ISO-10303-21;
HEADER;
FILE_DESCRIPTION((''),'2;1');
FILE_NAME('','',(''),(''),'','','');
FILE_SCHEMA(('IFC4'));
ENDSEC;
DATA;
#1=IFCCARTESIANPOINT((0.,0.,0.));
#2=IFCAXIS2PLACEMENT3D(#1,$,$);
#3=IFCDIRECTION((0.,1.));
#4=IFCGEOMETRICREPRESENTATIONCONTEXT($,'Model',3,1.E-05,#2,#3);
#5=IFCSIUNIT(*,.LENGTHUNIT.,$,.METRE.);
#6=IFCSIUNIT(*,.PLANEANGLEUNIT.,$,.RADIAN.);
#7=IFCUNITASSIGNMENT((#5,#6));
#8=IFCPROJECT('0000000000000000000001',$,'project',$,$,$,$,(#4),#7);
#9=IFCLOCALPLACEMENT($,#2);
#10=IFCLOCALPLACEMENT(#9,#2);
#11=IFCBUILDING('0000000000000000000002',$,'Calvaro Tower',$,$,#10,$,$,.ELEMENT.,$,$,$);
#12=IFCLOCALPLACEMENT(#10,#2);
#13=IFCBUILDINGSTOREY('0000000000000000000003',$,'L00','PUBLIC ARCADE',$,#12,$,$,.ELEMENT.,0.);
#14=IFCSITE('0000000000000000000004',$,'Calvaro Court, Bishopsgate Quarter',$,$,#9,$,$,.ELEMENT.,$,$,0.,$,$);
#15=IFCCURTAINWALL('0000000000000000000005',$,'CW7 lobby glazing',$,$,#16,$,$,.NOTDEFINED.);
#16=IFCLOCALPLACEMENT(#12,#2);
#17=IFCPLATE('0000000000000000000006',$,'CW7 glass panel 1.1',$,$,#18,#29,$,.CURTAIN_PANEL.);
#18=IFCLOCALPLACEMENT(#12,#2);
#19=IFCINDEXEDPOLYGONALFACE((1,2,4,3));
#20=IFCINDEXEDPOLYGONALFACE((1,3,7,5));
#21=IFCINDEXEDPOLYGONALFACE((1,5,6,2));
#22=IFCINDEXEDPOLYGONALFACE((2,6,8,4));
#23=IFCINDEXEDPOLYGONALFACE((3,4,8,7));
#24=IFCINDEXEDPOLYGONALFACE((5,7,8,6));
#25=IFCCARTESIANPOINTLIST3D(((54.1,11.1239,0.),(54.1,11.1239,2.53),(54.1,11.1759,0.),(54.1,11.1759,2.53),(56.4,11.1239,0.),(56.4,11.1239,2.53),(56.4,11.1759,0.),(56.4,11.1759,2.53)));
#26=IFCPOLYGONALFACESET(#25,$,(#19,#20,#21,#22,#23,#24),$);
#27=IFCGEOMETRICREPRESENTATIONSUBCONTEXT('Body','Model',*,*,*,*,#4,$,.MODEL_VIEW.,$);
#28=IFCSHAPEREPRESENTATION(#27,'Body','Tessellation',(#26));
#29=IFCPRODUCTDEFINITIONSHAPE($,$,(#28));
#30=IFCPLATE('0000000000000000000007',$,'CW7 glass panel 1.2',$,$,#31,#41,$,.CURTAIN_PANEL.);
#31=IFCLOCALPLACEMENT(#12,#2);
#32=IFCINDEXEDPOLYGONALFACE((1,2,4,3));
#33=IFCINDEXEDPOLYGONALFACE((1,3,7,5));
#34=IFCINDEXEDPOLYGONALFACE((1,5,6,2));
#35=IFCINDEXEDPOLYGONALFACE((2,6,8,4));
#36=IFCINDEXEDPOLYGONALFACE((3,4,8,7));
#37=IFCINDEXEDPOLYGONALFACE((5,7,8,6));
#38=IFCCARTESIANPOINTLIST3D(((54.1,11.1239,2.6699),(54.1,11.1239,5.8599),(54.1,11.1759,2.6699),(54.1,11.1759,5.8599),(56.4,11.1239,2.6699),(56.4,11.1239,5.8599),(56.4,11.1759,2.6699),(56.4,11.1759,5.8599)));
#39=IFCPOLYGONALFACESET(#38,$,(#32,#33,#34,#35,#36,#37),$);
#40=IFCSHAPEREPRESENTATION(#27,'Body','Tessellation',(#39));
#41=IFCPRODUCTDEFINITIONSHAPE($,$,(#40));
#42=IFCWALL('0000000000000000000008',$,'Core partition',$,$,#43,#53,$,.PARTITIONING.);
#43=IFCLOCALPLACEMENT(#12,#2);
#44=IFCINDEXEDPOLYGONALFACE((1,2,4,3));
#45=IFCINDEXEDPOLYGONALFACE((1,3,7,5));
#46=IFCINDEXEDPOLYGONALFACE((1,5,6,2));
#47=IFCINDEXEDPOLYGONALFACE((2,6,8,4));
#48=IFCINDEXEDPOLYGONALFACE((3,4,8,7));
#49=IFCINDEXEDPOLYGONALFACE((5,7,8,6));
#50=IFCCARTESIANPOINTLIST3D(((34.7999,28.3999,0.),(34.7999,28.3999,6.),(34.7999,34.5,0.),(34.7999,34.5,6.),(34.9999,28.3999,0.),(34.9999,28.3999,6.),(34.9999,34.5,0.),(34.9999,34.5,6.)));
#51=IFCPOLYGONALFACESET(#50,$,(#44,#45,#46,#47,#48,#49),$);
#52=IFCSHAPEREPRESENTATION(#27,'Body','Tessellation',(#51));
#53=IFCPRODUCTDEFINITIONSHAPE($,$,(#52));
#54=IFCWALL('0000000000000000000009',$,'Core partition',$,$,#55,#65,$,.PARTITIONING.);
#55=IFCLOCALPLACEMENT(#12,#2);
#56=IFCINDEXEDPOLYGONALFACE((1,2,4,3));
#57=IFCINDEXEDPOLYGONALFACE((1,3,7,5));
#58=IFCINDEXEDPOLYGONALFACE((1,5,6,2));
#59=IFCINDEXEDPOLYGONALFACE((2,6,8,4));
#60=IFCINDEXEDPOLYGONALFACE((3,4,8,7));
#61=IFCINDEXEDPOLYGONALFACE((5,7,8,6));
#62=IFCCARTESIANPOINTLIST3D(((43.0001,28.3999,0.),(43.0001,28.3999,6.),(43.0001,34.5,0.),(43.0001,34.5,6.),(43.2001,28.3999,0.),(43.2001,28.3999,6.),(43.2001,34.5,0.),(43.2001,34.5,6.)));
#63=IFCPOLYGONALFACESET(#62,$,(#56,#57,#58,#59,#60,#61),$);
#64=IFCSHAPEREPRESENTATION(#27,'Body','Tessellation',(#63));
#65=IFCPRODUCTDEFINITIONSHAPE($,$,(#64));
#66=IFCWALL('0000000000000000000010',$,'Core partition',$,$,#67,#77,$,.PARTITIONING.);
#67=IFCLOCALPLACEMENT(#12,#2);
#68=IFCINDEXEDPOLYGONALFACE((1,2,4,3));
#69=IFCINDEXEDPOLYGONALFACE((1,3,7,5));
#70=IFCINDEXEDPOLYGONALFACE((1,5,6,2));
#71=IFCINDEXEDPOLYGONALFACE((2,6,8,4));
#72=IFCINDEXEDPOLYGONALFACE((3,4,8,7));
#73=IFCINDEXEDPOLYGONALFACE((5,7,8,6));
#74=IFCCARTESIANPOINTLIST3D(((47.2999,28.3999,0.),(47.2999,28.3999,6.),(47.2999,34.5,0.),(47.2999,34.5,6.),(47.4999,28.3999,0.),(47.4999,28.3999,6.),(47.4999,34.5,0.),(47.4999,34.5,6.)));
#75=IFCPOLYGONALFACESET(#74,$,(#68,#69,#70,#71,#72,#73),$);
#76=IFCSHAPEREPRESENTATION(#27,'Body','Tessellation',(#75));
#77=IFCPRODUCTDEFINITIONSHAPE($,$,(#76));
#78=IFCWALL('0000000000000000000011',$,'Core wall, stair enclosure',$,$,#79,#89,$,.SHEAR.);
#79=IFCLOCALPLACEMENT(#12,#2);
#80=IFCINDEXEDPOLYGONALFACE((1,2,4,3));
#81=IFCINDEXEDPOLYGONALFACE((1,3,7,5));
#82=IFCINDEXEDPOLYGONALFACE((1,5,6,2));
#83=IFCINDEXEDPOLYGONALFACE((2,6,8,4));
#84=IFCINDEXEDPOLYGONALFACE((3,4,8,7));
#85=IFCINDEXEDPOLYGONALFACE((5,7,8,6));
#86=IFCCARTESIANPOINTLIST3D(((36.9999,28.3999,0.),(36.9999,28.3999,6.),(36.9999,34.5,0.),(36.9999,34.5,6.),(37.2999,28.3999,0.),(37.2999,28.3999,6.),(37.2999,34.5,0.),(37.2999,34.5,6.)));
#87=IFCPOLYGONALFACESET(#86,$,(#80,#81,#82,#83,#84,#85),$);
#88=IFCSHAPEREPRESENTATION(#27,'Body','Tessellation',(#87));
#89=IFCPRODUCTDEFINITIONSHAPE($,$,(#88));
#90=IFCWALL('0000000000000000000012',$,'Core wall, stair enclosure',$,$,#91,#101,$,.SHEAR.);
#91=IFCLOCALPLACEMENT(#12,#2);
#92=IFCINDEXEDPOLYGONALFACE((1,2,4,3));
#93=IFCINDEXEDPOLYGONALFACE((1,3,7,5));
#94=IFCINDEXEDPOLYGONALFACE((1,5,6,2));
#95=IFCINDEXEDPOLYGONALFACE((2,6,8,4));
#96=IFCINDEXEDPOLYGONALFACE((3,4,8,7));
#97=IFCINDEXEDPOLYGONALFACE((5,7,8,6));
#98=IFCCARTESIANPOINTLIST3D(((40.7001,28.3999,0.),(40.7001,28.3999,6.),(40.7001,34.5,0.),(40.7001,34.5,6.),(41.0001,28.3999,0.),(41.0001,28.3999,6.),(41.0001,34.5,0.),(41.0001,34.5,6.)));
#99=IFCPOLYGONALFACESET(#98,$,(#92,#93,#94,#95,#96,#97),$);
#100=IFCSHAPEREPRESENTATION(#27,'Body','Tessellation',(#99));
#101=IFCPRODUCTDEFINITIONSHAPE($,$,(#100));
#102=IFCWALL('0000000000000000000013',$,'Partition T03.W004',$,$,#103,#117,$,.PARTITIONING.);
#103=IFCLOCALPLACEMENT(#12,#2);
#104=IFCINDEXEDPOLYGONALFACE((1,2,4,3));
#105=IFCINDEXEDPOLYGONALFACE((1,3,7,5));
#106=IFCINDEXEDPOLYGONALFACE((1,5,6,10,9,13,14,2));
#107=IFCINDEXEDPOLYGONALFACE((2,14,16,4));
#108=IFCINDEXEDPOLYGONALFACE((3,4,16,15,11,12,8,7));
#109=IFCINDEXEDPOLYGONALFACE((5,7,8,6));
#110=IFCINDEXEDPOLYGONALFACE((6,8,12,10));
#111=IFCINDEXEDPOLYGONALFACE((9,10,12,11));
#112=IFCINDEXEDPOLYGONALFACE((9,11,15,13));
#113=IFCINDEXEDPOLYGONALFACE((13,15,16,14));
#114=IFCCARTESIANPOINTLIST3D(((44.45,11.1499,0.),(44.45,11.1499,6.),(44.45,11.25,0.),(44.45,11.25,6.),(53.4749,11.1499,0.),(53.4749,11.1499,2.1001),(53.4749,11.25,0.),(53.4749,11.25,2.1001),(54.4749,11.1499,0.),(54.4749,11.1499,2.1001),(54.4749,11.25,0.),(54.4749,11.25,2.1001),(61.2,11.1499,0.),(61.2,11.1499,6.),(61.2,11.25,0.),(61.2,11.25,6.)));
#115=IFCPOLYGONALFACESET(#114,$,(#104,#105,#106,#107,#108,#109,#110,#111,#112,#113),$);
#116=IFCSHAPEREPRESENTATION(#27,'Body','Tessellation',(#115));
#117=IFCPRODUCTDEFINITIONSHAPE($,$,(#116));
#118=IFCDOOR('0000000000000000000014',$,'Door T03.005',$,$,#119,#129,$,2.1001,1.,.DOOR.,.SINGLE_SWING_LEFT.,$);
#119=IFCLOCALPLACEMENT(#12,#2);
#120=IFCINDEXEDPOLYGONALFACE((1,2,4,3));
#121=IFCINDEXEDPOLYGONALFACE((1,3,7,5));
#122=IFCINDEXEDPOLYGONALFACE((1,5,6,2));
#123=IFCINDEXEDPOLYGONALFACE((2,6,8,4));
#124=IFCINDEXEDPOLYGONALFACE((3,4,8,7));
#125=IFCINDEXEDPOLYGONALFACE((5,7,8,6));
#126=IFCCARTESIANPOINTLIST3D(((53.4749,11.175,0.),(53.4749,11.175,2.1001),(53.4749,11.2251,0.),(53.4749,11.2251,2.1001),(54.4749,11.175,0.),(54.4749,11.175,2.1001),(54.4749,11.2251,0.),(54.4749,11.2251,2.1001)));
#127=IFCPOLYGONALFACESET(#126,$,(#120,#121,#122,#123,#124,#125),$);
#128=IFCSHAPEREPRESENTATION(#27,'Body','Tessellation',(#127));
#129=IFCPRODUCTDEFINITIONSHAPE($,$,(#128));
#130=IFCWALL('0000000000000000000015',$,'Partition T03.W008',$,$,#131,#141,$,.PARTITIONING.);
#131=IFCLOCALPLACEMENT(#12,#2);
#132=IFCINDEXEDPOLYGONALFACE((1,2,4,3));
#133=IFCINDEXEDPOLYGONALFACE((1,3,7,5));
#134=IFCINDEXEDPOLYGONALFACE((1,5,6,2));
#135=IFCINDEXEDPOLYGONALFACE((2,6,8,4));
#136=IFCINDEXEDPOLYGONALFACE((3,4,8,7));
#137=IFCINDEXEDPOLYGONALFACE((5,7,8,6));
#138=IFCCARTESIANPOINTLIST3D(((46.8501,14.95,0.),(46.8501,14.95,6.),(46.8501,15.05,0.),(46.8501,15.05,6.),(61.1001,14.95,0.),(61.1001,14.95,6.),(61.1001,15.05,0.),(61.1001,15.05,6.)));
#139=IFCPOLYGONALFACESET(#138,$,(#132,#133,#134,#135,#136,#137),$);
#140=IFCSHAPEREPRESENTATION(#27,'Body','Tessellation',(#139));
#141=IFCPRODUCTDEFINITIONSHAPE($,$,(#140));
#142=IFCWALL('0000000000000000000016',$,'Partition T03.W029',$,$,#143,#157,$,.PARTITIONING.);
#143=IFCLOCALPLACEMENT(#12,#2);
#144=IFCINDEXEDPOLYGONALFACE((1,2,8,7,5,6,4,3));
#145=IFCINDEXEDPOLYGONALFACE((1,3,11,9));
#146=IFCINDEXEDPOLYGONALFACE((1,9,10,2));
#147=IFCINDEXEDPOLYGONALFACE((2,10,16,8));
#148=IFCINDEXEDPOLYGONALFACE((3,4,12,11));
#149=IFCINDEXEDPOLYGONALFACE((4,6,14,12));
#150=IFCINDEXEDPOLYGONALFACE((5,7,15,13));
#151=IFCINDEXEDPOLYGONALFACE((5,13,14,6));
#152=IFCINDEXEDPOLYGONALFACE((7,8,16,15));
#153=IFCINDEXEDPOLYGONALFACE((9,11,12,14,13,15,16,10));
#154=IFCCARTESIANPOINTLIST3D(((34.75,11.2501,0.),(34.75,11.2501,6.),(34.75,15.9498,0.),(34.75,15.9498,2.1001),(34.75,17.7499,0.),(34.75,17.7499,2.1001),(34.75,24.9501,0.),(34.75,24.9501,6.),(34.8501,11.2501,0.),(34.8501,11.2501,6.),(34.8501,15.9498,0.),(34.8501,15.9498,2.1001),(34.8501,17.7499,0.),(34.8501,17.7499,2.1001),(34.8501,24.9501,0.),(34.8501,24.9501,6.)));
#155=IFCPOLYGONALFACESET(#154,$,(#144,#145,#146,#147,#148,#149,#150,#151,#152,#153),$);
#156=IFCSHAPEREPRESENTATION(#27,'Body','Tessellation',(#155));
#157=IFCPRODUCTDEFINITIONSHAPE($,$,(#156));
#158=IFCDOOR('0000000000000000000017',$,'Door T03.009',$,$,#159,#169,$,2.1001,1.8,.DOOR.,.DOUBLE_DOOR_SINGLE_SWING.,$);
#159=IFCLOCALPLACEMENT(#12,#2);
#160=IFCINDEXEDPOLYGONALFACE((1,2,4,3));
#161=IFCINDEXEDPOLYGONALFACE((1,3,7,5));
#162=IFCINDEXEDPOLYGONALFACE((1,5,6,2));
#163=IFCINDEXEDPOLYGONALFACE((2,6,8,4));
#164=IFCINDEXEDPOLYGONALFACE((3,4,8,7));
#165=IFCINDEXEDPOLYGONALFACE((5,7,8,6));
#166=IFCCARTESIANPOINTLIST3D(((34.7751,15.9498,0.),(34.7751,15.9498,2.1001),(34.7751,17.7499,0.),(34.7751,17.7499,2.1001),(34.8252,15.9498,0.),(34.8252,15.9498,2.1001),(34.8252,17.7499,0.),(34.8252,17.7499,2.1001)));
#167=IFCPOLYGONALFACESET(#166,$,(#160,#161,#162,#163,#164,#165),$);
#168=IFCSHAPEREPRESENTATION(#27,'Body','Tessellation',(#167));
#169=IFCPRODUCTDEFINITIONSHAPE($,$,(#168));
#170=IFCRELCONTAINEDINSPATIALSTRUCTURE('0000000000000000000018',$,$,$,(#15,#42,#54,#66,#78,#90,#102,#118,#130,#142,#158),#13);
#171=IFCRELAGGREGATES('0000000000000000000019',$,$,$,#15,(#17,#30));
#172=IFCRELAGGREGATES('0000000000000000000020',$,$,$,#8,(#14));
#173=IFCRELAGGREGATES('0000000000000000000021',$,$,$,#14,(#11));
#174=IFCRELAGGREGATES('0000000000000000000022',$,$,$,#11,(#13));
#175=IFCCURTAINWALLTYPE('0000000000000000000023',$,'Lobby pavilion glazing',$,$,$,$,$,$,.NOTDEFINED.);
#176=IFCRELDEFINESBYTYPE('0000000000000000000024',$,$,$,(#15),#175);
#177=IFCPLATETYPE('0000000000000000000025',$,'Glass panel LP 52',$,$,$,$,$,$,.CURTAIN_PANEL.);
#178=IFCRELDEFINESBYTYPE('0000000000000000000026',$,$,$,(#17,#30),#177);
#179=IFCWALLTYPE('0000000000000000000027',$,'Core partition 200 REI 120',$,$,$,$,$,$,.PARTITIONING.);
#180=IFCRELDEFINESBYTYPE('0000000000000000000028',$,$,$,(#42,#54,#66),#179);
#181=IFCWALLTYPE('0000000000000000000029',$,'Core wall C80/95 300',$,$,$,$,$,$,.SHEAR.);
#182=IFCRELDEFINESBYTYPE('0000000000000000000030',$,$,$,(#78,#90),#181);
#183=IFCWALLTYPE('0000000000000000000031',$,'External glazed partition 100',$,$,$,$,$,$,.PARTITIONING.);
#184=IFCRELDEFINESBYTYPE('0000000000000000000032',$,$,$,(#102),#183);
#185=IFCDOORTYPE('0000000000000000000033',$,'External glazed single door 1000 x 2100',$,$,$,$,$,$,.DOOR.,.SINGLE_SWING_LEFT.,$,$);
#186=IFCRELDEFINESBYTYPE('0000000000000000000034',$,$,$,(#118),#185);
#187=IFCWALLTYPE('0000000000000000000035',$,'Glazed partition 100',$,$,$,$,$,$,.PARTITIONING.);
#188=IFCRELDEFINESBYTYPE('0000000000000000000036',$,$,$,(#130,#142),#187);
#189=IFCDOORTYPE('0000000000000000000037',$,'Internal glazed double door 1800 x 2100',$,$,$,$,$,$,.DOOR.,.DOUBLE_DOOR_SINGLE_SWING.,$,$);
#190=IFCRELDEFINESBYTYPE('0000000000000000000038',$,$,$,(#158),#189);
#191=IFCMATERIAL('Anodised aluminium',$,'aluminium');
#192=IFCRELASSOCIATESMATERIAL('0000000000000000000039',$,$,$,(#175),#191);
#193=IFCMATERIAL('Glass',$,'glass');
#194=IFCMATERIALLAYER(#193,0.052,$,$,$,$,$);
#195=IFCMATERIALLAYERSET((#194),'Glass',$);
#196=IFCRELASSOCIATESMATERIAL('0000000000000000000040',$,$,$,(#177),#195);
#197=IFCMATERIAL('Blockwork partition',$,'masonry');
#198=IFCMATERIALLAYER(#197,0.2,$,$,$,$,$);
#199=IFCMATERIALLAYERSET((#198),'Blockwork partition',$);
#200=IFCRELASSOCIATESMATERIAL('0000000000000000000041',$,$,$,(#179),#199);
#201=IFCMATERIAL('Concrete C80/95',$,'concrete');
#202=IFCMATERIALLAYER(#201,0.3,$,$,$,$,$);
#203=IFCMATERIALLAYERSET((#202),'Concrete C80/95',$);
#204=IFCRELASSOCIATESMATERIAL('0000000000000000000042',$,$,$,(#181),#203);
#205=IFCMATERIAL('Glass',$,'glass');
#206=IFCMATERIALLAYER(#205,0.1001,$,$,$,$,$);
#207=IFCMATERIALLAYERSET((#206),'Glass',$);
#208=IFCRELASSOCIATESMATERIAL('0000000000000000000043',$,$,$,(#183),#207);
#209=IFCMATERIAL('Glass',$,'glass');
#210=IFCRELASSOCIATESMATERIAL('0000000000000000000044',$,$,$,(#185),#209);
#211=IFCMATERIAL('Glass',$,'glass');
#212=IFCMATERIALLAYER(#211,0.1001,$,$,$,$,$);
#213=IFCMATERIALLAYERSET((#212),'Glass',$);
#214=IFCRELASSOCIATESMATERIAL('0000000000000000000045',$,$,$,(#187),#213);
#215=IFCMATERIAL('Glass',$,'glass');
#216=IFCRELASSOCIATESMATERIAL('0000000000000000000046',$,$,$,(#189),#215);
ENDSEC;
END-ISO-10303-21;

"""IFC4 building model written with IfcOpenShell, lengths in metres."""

from ifc_helpers import new_model, si_unit, direction, frame, frame_2d, origin, origin_2d, place, context, subcontext, project, spatial, rectangle, extrude, material, layer, layer_set, type_object, element, fill, aggregate, save


model = new_model("IFC4")

# Units and contexts
model_context = context("Model", 3, precision=1e-05, world=origin(), true_north=direction((0.0, 1.0)))
body_context = subcontext(model_context, "Body", "Model", "MODEL_VIEW")
ifc_project = project(units=[si_unit("LENGTHUNIT", "METRE"), si_unit("PLANEANGLEUNIT", "RADIAN")], contexts=[model_context])

# Site, building, storey
site_placement = place(None, origin())
site = spatial("IfcSite", under=ifc_project, at=site_placement, Name="Calvaro Court, Bishopsgate Quarter", CompositionType="ELEMENT", RefElevation=0.0)
building_placement = place(site_placement, origin())
building = spatial("IfcBuilding", under=site, at=building_placement, Name="Calvaro Tower", CompositionType="ELEMENT")
storey_placement = place(building_placement, origin())
storey = spatial("IfcBuildingStorey", under=building, at=storey_placement, Name="L00", Description="PUBLIC ARCADE", CompositionType="ELEMENT", Elevation=0.0)

# Curtain wall
ifc_material_1 = material(Name="Anodised aluminium", Category="aluminium")
curtain_wall_type = type_object("IfcCurtainWallType", Name="Lobby pavilion glazing", PredefinedType="NOTDEFINED", material=ifc_material_1)
curtain_wall_1_placement = place(storey_placement, origin())
curtain_wall_1 = element("IfcCurtainWall", 1, at=curtain_wall_1_placement, inside=storey, type_object=curtain_wall_type, Name="CW7 lobby glazing", PredefinedType="NOTDEFINED")

# Plates
ifc_material_2 = material(Name="Glass", Category="glass")
ifc_layer_1 = layer(ifc_material_2, 0.052)
ifc_layer_set_1 = layer_set([ifc_layer_1], Name="Glass")
plate_type = type_object("IfcPlateType", Name="Glass panel LP 52", PredefinedType="CURTAIN_PANEL", material=ifc_layer_set_1)
plate_1_placement = place(storey_placement, frame((55.25, 11.1499, 0.0), z_axis=(0.0, 0.0, 1.0), x_axis=(1.0, 0.0, 0.0)))
plate_1 = element("IfcPlate", 2, at=plate_1_placement, type_object=plate_type, Name="CW7 glass panel 1.1", PredefinedType="CURTAIN_PANEL", context=body_context, shape_type="SweptSolid", body=[
    extrude(rectangle(XDim=2.3, YDim=0.052, at=origin_2d()), origin(), (0.0, 0.0, 1.0), 2.53),
])
plate_2_placement = place(storey_placement, frame((55.25, 11.1499, 2.6699), z_axis=(0.0, 0.0, 1.0), x_axis=(1.0, 0.0, 0.0)))
plate_2 = element("IfcPlate", 3, at=plate_2_placement, type_object=plate_type, Name="CW7 glass panel 1.2", PredefinedType="CURTAIN_PANEL", context=body_context, shape_type="SweptSolid", body=[
    extrude(rectangle(XDim=2.3, YDim=0.052, at=origin_2d()), origin(), (0.0, 0.0, 1.0), 3.1899),
])
aggregate(curtain_wall_1, [plate_1, plate_2])

# Walls
ifc_material_3 = material(Name="Blockwork partition", Category="masonry")
ifc_layer_2 = layer(ifc_material_3, 0.2)
ifc_layer_set_2 = layer_set([ifc_layer_2], Name="Blockwork partition")
wall_type_1 = type_object("IfcWallType", Name="Core partition 200 REI 120", PredefinedType="PARTITIONING", material=ifc_layer_set_2)
for number, where, z_axis, x_axis, name in (
    (4, (34.8999, 28.3999, 0.0), (0.0, 0.0, 1.0), (0.0, 1.0, 0.0), "Core partition"),
    (5, (43.1001, 28.3999, 0.0), (0.0, 0.0, 1.0), (0.0, 1.0, 0.0), "Core partition"),
    (6, (47.3999, 28.3999, 0.0), (0.0, 0.0, 1.0), (0.0, 1.0, 0.0), "Core partition"),
):
    element("IfcWall", number, at=place(storey_placement, frame(where, z_axis=z_axis, x_axis=x_axis)), inside=storey, type_object=wall_type_1, Name=name, PredefinedType="PARTITIONING", context=body_context, shape_type="SweptSolid", body=[
        extrude(rectangle(XDim=6.1001, YDim=0.2, at=frame_2d((3.05, 0.0))), origin(), (0.0, 0.0, 1.0), 6.0),
    ])
ifc_material_4 = material(Name="Concrete C80/95", Category="concrete")
ifc_layer_3 = layer(ifc_material_4, 0.3)
ifc_layer_set_3 = layer_set([ifc_layer_3], Name="Concrete C80/95")
wall_type_2 = type_object("IfcWallType", Name="Core wall C80/95 300", PredefinedType="SHEAR", material=ifc_layer_set_3)
for number, where, z_axis, x_axis, name in (
    (7, (37.1499, 28.3999, 0.0), (0.0, 0.0, 1.0), (0.0, 1.0, 0.0), "Core wall, stair enclosure"),
    (8, (40.8501, 28.3999, 0.0), (0.0, 0.0, 1.0), (0.0, 1.0, 0.0), "Core wall, stair enclosure"),
):
    element("IfcWall", number, at=place(storey_placement, frame(where, z_axis=z_axis, x_axis=x_axis)), inside=storey, type_object=wall_type_2, Name=name, PredefinedType="SHEAR", context=body_context, shape_type="SweptSolid", body=[
        extrude(rectangle(XDim=6.1001, YDim=0.3, at=frame_2d((3.05, 0.0))), origin(), (0.0, 0.0, 1.0), 6.0),
    ])

# Wall, opening, door
ifc_material_5 = material(Name="Glass", Category="glass")
ifc_layer_4 = layer(ifc_material_5, 0.1001)
ifc_layer_set_4 = layer_set([ifc_layer_4], Name="Glass")
wall_type_3 = type_object("IfcWallType", Name="External glazed partition 100", PredefinedType="PARTITIONING", material=ifc_layer_set_4)
wall_1_placement = place(storey_placement, frame((44.45, 11.2, 0.0), z_axis=(0.0, 0.0, 1.0), x_axis=(1.0, 0.0, 0.0)))
wall_1 = element("IfcWall", 9, at=wall_1_placement, inside=storey, type_object=wall_type_3, Name="Partition T03.W004", PredefinedType="PARTITIONING", context=body_context, shape_type="SweptSolid", body=[
    extrude(rectangle(XDim=16.75, YDim=0.1001, at=frame_2d((8.375, 0.0))), origin(), (0.0, 0.0, 1.0), 6.0),
])
opening_1_placement = place(wall_1_placement, frame((9.0249, 0.0, 0.0)))
opening_1 = element("IfcOpeningElement", 10, at=opening_1_placement, cuts=wall_1, PredefinedType="OPENING", context=body_context, shape_type="SweptSolid", body=[
    extrude(rectangle(XDim=1.0, YDim=2.1001, at=frame_2d((0.5, 1.05))), frame((0.0, 0.0601, 0.0), z_axis=(0.0, -1.0, 0.0), x_axis=(1.0, 0.0, 0.0)), (0.0, 0.0, 1.0), 0.1201),
])
ifc_material_6 = material(Name="Glass", Category="glass")
door_type_1 = type_object("IfcDoorType", Name="External glazed single door 1000 x 2100", OperationType="SINGLE_SWING_LEFT", PredefinedType="DOOR", material=ifc_material_6)
door_1_placement = place(opening_1_placement, frame((1.0, 0.0, 0.0), z_axis=(0.0, 0.0, 1.0), x_axis=(-1.0, 0.0, 0.0)))
door_1 = element("IfcDoor", 11, at=door_1_placement, inside=storey, type_object=door_type_1, Name="Door T03.005", OperationType="SINGLE_SWING_LEFT", OverallHeight=2.1001, OverallWidth=1.0, PredefinedType="DOOR", context=body_context, shape_type="SweptSolid", body=[
    extrude(rectangle(XDim=1.0, YDim=2.1001, at=frame_2d((0.5, 1.05))), frame((0.0, 0.0249, 0.0), z_axis=(0.0, -1.0, 0.0), x_axis=(1.0, 0.0, 0.0)), (0.0, 0.0, 1.0), 0.05),
])
fill(opening_1, door_1)

# Wall
ifc_material_7 = material(Name="Glass", Category="glass")
ifc_layer_5 = layer(ifc_material_7, 0.1001)
ifc_layer_set_5 = layer_set([ifc_layer_5], Name="Glass")
wall_type_4 = type_object("IfcWallType", Name="Glazed partition 100", PredefinedType="PARTITIONING", material=ifc_layer_set_5)
wall_2_placement = place(storey_placement, frame((46.8501, 15.0, 0.0), z_axis=(0.0, 0.0, 1.0), x_axis=(1.0, 0.0, 0.0)))
element("IfcWall", 12, at=wall_2_placement, inside=storey, type_object=wall_type_4, Name="Partition T03.W008", PredefinedType="PARTITIONING", context=body_context, shape_type="SweptSolid", body=[
    extrude(rectangle(XDim=14.25, YDim=0.1001, at=frame_2d((7.125, 0.0))), origin(), (0.0, 0.0, 1.0), 6.0),
])

# Wall, opening, door
wall_3_placement = place(storey_placement, frame((34.8, 11.25, 0.0), z_axis=(0.0, 0.0, 1.0), x_axis=(0.0, 1.0, 0.0)))
wall_3 = element("IfcWall", 13, at=wall_3_placement, inside=storey, type_object=wall_type_4, Name="Partition T03.W029", PredefinedType="PARTITIONING", context=body_context, shape_type="SweptSolid", body=[
    extrude(rectangle(XDim=13.7, YDim=0.1001, at=frame_2d((6.8501, 0.0))), origin(), (0.0, 0.0, 1.0), 6.0),
])
opening_2_placement = place(wall_3_placement, frame((4.7, 0.0, 0.0)))
opening_2 = element("IfcOpeningElement", 14, at=opening_2_placement, cuts=wall_3, PredefinedType="OPENING", context=body_context, shape_type="SweptSolid", body=[
    extrude(rectangle(XDim=1.8, YDim=2.1001, at=frame_2d((0.8999, 1.05))), frame((0.0, 0.0601, 0.0), z_axis=(0.0, -1.0, 0.0), x_axis=(1.0, 0.0, 0.0)), (0.0, 0.0, 1.0), 0.1201),
])
ifc_material_8 = material(Name="Glass", Category="glass")
door_type_2 = type_object("IfcDoorType", Name="Internal glazed double door 1800 x 2100", OperationType="DOUBLE_DOOR_SINGLE_SWING", PredefinedType="DOOR", material=ifc_material_8)
door_2_placement = place(opening_2_placement, origin())
door_2 = element("IfcDoor", 15, at=door_2_placement, inside=storey, type_object=door_type_2, Name="Door T03.009", OperationType="DOUBLE_DOOR_SINGLE_SWING", OverallHeight=2.1001, OverallWidth=1.8, PredefinedType="DOOR", context=body_context, shape_type="SweptSolid", body=[
    extrude(rectangle(XDim=1.8, YDim=2.1001, at=frame_2d((0.8999, 1.05))), frame((0.0, 0.0249, 0.0), z_axis=(0.0, -1.0, 0.0), x_axis=(1.0, 0.0, 0.0)), (0.0, 0.0, 1.0), 0.05),
])
fill(opening_2, door_2)

save(model, "model.ifc")
